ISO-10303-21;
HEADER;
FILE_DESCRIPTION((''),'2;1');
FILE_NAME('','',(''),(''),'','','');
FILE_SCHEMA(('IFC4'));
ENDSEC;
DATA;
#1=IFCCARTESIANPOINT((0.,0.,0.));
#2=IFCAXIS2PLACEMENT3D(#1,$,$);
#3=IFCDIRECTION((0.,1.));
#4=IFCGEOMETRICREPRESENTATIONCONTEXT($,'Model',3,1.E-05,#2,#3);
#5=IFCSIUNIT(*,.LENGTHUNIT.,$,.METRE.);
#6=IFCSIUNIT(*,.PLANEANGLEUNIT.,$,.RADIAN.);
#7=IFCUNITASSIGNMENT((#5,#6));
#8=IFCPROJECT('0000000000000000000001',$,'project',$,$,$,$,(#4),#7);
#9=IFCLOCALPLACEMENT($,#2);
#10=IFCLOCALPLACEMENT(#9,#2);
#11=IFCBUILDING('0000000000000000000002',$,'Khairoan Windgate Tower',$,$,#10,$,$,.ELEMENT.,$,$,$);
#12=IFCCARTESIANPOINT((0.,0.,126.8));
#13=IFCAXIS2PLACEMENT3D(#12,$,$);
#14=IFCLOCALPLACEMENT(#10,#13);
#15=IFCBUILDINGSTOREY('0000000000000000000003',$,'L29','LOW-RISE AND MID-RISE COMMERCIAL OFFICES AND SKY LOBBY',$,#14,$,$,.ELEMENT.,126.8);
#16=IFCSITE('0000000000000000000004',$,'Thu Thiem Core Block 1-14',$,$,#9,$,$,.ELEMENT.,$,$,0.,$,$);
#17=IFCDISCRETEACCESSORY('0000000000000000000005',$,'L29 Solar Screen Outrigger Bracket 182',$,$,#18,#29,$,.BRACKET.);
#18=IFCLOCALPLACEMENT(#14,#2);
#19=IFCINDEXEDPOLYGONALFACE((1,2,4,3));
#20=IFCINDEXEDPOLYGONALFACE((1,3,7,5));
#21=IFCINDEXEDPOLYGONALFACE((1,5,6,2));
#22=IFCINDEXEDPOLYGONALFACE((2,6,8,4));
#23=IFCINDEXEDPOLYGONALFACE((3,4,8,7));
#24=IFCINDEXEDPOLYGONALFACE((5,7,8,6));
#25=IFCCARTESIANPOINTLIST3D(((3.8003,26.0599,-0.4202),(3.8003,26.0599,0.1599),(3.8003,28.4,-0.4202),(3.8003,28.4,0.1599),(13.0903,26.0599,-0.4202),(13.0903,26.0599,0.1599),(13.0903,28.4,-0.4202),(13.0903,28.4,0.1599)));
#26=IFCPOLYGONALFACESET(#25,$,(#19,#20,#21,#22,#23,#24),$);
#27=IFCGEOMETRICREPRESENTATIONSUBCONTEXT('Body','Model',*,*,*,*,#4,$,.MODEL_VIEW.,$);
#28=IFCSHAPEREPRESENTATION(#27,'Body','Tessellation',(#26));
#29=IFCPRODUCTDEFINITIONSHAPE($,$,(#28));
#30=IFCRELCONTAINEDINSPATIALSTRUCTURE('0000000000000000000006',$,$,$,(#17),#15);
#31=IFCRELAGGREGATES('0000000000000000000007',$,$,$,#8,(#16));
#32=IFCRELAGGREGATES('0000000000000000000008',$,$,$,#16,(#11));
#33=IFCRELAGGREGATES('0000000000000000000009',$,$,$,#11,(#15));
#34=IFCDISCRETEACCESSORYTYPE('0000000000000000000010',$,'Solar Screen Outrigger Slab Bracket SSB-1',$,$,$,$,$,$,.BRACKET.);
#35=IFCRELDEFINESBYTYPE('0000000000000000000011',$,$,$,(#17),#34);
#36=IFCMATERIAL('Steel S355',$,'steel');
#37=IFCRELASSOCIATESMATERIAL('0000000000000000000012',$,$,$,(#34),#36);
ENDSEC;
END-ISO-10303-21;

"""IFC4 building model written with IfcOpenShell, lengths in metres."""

from ifc_helpers import new_model, si_unit, direction, frame, origin, origin_2d, place, context, subcontext, project, spatial, rectangle, extrude, material, type_object, element, save


model = new_model("IFC4")

# Units and contexts
model_context = context("Model", 3, precision=1e-05, world=origin(), true_north=direction((0.0, 1.0)))
body_context = subcontext(model_context, "Body", "Model", "MODEL_VIEW")
ifc_project = project(units=[si_unit("LENGTHUNIT", "METRE"), si_unit("PLANEANGLEUNIT", "RADIAN")], contexts=[model_context])

# Site, building, storey
site_placement = place(None, origin())
site = spatial("IfcSite", under=ifc_project, at=site_placement, Name="Thu Thiem Core Block 1-14", CompositionType="ELEMENT", RefElevation=0.0)
building_placement = place(site_placement, origin())
building = spatial("IfcBuilding", under=site, at=building_placement, Name="Khairoan Windgate Tower", CompositionType="ELEMENT")
storey_placement = place(building_placement, frame((0.0, 0.0, 126.8)))
storey = spatial("IfcBuildingStorey", under=building, at=storey_placement, Name="L29", Description="LOW-RISE AND MID-RISE COMMERCIAL OFFICES AND SKY LOBBY", CompositionType="ELEMENT", Elevation=126.8)

# Discrete accessory
ifc_material_1 = material(Name="Steel S355", Category="steel")
discrete_accessory_type = type_object("IfcDiscreteAccessoryType", Name="Solar Screen Outrigger Slab Bracket SSB-1", PredefinedType="BRACKET", material=ifc_material_1)
discrete_accessory_placement = place(storey_placement, frame((8.4453, 27.23, -0.4202), z_axis=(0.0, 0.0, 1.0), x_axis=(1.0, 0.0, 0.0)))
element("IfcDiscreteAccessory", 1, at=discrete_accessory_placement, inside=storey, type_object=discrete_accessory_type, Name="L29 Solar Screen Outrigger Bracket 182", PredefinedType="BRACKET", context=body_context, shape_type="SweptSolid", body=[
    extrude(rectangle(XDim=9.29, YDim=2.3401, at=origin_2d()), origin(), (0.0, 0.0, 1.0), 0.5801),
])

save(model, "model.ifc")
